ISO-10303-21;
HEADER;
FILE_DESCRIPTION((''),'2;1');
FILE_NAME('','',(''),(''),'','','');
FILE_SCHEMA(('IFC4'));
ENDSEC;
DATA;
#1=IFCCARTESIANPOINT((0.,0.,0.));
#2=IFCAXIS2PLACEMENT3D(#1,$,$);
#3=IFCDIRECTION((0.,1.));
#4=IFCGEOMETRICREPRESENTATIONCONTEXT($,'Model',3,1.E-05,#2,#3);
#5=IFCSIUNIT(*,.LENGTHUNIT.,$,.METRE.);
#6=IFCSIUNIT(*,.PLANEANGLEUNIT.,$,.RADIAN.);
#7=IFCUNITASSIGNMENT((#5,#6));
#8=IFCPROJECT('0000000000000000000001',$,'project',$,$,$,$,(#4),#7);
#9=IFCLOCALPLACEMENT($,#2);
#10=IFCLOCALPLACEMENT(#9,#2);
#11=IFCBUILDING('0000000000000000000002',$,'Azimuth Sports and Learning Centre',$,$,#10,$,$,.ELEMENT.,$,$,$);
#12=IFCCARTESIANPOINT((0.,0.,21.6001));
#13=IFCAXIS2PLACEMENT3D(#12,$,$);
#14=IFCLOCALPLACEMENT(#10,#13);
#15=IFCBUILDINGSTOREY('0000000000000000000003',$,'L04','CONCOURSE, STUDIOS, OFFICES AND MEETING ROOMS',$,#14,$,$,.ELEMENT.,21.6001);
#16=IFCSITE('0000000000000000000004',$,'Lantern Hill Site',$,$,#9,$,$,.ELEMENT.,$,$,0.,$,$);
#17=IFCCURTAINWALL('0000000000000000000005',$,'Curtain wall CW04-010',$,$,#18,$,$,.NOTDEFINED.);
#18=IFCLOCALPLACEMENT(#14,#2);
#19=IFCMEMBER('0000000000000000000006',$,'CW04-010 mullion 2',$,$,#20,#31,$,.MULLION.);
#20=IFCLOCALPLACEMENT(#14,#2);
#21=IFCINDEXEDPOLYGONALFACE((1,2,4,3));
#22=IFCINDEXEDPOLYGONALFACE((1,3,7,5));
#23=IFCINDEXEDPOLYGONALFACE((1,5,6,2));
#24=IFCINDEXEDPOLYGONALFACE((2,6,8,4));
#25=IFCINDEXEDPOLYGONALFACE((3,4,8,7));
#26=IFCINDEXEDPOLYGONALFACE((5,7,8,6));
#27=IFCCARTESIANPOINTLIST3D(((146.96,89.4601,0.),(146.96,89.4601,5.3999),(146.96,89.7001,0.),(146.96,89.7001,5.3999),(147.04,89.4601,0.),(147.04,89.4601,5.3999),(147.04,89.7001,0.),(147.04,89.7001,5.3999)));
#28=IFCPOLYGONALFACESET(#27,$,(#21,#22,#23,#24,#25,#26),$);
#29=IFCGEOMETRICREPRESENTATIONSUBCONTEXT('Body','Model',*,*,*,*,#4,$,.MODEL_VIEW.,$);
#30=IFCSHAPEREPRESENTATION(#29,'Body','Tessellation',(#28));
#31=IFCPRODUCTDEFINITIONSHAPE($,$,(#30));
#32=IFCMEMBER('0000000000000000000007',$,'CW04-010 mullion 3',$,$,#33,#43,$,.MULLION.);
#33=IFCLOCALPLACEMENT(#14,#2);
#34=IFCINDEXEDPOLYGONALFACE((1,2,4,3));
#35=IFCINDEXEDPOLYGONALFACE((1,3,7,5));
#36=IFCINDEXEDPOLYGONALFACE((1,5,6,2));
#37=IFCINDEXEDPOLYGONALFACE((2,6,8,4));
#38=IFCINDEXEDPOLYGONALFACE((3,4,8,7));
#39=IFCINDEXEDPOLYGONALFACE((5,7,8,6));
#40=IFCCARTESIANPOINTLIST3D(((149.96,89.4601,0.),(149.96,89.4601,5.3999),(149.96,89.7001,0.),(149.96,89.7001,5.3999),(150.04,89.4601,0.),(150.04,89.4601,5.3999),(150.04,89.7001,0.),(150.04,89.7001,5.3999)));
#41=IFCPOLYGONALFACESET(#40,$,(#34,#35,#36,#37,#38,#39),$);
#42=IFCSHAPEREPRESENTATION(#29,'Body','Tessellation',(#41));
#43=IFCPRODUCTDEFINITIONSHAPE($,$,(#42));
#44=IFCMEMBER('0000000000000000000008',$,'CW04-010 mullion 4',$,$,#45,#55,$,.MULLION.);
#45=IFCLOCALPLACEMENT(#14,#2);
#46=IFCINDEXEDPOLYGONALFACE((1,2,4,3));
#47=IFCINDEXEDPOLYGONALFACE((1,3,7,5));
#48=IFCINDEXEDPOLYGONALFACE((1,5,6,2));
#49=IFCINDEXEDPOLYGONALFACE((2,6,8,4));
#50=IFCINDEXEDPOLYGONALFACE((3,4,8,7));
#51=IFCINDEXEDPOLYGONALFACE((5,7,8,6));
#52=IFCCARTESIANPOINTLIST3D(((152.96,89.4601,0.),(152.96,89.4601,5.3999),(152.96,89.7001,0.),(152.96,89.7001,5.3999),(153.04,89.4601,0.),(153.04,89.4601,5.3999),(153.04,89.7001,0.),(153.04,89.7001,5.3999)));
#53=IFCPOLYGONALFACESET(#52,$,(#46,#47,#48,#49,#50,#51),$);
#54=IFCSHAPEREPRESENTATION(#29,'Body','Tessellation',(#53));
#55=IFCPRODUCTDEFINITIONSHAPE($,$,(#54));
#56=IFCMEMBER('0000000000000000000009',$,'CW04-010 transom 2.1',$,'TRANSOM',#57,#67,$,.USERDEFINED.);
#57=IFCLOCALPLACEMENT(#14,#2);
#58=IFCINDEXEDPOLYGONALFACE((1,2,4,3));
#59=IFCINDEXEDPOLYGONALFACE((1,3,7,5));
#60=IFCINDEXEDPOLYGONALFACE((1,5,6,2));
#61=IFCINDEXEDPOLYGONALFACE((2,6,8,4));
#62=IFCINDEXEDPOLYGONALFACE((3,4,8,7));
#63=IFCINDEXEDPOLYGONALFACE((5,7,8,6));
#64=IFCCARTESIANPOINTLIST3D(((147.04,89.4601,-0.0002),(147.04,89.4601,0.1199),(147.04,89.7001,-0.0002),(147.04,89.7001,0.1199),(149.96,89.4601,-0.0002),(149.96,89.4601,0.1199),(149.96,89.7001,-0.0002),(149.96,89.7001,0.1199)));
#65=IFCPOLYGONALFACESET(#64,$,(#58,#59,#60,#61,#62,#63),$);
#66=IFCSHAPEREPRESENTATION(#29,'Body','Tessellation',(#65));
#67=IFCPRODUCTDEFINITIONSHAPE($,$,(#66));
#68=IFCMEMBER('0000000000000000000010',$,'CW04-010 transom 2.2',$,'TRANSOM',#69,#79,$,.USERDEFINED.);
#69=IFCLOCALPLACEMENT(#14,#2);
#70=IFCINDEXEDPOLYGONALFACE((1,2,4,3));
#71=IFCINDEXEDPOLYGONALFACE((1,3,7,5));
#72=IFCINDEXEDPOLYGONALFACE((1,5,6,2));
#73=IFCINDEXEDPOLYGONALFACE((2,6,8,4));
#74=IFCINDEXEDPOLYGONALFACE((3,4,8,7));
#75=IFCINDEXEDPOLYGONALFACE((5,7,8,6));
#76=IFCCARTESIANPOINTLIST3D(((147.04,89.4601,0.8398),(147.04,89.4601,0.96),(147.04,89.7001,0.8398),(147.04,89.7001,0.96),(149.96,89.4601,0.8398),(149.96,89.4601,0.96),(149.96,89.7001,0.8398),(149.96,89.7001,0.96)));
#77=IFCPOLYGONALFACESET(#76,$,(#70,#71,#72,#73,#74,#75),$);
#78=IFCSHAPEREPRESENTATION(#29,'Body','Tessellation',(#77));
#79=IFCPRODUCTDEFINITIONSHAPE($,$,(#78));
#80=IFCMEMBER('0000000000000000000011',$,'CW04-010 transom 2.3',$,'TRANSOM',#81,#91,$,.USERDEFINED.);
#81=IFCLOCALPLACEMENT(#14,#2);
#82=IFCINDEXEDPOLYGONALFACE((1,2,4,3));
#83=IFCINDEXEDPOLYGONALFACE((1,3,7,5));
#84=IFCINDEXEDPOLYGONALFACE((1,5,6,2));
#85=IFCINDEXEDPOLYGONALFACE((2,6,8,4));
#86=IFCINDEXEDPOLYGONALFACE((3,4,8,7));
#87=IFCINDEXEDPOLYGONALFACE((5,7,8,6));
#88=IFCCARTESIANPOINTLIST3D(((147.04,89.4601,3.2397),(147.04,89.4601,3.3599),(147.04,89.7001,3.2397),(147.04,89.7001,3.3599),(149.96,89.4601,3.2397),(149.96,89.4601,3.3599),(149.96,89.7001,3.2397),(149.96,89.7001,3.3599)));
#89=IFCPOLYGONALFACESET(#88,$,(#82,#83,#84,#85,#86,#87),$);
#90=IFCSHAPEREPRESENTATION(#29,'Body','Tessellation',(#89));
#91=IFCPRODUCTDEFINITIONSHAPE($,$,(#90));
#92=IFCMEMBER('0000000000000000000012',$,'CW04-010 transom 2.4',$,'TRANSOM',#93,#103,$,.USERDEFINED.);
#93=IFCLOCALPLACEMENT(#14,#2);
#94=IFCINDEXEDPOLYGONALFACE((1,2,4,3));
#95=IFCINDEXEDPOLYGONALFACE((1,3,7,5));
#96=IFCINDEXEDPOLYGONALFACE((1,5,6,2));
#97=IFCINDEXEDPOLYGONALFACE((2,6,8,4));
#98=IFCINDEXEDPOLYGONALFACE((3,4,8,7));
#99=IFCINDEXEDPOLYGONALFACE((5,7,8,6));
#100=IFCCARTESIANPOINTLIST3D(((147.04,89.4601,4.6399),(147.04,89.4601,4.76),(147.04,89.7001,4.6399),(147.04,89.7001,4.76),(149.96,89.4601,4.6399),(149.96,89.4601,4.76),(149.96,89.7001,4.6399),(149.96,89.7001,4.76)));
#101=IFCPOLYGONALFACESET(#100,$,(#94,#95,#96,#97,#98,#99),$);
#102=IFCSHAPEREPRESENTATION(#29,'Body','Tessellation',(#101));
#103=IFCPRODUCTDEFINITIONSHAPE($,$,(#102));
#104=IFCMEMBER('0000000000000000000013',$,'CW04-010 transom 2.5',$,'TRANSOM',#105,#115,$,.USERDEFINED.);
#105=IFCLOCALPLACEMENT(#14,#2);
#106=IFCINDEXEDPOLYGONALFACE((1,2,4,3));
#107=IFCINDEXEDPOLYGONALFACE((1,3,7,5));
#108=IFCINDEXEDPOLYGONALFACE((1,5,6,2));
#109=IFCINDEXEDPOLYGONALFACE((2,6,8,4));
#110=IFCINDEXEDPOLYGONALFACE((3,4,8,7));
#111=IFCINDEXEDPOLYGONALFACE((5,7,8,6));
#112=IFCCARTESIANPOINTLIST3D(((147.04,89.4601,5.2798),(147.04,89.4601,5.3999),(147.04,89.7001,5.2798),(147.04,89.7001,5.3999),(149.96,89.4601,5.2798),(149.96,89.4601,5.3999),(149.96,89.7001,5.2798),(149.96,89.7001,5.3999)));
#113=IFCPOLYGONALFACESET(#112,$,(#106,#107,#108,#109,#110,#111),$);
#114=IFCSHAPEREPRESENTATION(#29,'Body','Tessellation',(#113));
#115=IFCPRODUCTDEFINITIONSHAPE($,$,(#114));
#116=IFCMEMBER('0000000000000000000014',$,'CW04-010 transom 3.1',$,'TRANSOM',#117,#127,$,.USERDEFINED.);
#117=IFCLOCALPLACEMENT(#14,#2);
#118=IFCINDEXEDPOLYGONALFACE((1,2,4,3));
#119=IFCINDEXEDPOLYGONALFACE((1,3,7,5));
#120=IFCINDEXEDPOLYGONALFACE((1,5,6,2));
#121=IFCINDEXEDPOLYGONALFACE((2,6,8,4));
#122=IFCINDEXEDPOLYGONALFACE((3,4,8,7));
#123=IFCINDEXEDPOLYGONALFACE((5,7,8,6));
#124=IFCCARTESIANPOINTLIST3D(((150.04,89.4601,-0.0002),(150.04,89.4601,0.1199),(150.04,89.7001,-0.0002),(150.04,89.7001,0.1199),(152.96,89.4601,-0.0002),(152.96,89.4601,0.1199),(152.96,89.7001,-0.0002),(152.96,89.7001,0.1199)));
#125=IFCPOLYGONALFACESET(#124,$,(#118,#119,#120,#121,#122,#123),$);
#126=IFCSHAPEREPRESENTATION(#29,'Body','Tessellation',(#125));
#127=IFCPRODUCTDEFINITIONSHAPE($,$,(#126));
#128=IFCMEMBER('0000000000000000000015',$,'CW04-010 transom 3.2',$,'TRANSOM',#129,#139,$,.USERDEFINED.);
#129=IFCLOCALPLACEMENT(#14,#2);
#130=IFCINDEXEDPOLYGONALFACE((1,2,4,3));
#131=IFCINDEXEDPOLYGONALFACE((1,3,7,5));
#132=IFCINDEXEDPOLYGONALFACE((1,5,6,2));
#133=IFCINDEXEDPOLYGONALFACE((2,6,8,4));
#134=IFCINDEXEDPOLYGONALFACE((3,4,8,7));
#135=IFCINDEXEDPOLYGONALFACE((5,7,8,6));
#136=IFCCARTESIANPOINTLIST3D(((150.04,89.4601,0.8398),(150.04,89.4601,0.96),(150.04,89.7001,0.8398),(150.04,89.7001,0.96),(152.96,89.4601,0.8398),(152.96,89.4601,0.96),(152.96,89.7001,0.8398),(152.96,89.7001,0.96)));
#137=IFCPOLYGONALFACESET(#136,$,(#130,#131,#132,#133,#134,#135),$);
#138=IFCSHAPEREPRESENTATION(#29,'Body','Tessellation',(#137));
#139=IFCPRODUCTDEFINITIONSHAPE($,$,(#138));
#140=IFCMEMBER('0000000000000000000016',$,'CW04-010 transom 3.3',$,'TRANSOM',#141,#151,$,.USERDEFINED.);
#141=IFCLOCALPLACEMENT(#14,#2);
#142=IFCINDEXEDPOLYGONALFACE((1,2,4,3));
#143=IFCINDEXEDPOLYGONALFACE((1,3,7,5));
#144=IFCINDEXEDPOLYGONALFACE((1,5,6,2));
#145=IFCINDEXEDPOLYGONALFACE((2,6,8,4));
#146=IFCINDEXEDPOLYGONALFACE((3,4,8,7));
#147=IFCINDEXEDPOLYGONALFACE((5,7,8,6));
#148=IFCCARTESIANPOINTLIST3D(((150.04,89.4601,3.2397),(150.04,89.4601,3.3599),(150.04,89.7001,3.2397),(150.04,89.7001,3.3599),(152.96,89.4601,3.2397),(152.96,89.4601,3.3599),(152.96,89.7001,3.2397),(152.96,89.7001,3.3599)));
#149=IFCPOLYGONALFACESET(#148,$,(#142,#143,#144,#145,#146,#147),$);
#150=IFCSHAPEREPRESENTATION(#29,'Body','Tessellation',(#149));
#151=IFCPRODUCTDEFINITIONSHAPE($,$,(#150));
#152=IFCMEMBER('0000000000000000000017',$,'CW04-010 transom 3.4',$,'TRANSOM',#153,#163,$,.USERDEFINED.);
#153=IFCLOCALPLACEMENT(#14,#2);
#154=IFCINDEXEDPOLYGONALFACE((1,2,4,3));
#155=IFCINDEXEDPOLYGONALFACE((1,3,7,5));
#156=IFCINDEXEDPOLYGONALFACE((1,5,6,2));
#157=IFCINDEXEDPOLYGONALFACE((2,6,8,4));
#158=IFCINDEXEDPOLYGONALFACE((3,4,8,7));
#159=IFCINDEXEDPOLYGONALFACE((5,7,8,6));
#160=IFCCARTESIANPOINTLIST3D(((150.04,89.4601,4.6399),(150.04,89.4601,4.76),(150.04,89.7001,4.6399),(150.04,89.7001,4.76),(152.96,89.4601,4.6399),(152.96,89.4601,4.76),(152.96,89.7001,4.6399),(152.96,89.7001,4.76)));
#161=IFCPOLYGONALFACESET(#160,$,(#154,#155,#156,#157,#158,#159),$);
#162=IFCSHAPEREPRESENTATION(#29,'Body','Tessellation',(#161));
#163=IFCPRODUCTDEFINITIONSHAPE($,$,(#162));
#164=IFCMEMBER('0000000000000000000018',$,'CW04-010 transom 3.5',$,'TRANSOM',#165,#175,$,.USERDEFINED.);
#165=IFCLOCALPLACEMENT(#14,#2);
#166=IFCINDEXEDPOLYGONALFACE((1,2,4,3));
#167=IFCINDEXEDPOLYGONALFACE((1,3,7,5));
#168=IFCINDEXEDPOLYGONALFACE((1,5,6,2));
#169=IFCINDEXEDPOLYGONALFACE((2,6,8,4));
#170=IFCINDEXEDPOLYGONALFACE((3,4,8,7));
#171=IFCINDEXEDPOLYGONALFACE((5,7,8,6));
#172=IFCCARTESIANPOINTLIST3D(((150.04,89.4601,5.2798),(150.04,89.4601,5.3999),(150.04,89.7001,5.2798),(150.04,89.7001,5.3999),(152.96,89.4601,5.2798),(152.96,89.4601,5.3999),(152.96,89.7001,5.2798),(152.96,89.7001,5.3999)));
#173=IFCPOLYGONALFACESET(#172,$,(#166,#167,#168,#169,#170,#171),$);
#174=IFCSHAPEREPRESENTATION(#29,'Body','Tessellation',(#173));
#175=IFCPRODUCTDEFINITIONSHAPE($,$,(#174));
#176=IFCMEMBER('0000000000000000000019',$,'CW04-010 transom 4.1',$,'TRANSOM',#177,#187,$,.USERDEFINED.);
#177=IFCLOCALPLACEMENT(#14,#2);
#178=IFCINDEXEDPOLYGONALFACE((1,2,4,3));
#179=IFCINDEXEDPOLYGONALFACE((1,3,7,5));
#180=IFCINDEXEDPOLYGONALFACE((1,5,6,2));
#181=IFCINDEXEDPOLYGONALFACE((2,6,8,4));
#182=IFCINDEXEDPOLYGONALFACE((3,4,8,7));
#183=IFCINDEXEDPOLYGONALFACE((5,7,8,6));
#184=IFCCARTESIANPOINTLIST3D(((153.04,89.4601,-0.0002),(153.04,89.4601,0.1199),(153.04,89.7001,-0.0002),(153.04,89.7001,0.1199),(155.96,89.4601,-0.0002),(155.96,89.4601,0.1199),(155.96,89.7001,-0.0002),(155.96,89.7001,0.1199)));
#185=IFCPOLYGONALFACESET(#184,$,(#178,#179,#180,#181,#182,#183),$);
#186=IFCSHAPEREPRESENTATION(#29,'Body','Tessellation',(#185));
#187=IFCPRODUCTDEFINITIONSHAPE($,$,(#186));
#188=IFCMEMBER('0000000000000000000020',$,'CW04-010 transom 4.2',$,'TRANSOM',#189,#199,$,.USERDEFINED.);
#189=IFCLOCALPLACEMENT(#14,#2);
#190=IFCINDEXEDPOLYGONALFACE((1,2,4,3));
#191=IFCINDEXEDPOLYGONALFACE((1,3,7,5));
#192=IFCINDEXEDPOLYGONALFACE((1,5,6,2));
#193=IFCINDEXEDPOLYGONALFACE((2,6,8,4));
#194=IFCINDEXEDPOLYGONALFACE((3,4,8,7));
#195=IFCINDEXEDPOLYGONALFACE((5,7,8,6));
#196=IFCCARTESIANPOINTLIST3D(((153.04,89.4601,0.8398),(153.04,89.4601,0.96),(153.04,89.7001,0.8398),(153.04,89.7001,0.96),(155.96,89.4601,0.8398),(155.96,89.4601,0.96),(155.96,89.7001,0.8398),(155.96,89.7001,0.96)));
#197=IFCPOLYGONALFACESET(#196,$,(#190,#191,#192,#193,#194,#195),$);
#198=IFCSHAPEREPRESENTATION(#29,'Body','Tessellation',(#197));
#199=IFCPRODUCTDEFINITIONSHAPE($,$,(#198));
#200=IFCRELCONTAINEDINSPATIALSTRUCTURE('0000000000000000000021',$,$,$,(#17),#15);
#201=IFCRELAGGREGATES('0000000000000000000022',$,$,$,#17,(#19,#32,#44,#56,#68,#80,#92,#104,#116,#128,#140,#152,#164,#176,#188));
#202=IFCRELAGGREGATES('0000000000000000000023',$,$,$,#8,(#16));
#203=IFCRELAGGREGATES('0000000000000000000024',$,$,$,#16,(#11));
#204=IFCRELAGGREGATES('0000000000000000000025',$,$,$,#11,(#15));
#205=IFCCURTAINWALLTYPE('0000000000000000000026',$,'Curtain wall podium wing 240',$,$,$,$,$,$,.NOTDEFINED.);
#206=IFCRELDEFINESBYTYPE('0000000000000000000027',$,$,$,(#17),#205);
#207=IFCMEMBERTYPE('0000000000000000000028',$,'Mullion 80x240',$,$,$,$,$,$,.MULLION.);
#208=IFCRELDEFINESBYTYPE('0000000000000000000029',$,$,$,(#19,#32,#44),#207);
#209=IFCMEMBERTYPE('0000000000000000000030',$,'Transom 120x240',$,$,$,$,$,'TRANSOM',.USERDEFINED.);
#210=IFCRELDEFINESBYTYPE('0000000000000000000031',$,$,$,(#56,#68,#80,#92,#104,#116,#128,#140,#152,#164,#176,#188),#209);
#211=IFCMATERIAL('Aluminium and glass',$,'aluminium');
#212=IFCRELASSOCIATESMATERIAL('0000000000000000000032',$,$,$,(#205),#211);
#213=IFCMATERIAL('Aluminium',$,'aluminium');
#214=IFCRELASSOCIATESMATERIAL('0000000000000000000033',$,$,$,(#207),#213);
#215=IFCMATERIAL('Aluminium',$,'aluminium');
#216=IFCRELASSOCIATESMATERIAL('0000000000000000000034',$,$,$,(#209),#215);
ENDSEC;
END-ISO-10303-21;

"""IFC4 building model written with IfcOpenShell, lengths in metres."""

from ifc_helpers import new_model, si_unit, direction, frame, origin, origin_2d, place, context, subcontext, project, spatial, rectangle, extrude, material, material_profile, profile_set, type_object, element, aggregate, save


model = new_model("IFC4")

# Units and contexts
model_context = context("Model", 3, precision=1e-05, world=origin(), true_north=direction((0.0, 1.0)))
body_context = subcontext(model_context, "Body", "Model", "MODEL_VIEW")
ifc_project = project(units=[si_unit("LENGTHUNIT", "METRE"), si_unit("PLANEANGLEUNIT", "RADIAN")], contexts=[model_context])

# Site, building, storey
site_placement = place(None, origin())
site = spatial("IfcSite", under=ifc_project, at=site_placement, Name="Lantern Hill Site", CompositionType="ELEMENT", RefElevation=0.0)
building_placement = place(site_placement, origin())
building = spatial("IfcBuilding", under=site, at=building_placement, Name="Azimuth Sports and Learning Centre", CompositionType="ELEMENT")
storey_placement = place(building_placement, frame((0.0, 0.0, 21.6001)))
storey = spatial("IfcBuildingStorey", under=building, at=storey_placement, Name="L04", Description="CONCOURSE, STUDIOS, OFFICES AND MEETING ROOMS", CompositionType="ELEMENT", Elevation=21.6001)

# Curtain wall, members
ifc_material_1 = material(Name="Aluminium and glass", Category="aluminium")
curtain_wall_type = type_object("IfcCurtainWallType", Name="Curtain wall podium wing 240", PredefinedType="NOTDEFINED", material=ifc_material_1)
curtain_wall_placement = place(storey_placement, origin())
curtain_wall = element("IfcCurtainWall", 1, at=curtain_wall_placement, inside=storey, type_object=curtain_wall_type, Name="Curtain wall CW04-010", PredefinedType="NOTDEFINED")
ifc_material_2 = material(Name="Aluminium", Category="aluminium")
ifc_material_profile_1 = material_profile(ifc_material_2, rectangle(XDim=0.24, YDim=0.0801, at=origin_2d()), Name="Mullion 80x240")
ifc_profile_set_1 = profile_set([ifc_material_profile_1], Name="Aluminium")
member_type_1 = type_object("IfcMemberType", Name="Mullion 80x240", PredefinedType="MULLION", material=ifc_profile_set_1)
member_1_placement = place(storey_placement, frame((147.0, 89.5801, 0.0), z_axis=(0.0, 0.0, 1.0), x_axis=(0.0, 1.0, 0.0)))
member_1 = element("IfcMember", 2, at=member_1_placement, type_object=member_type_1, Name="CW04-010 mullion 2", PredefinedType="MULLION", context=body_context, shape_type="SweptSolid", body=[
    extrude(rectangle(XDim=0.24, YDim=0.0801, at=origin_2d()), origin(), (0.0, 0.0, 1.0), 5.3999),
])
member_2_placement = place(storey_placement, frame((150.0, 89.5801, 0.0), z_axis=(0.0, 0.0, 1.0), x_axis=(0.0, 1.0, 0.0)))
member_2 = element("IfcMember", 3, at=member_2_placement, type_object=member_type_1, Name="CW04-010 mullion 3", PredefinedType="MULLION", context=body_context, shape_type="SweptSolid", body=[
    extrude(rectangle(XDim=0.24, YDim=0.0801, at=origin_2d()), origin(), (0.0, 0.0, 1.0), 5.3999),
])
member_3_placement = place(storey_placement, frame((153.0, 89.5801, 0.0), z_axis=(0.0, 0.0, 1.0), x_axis=(0.0, 1.0, 0.0)))
member_3 = element("IfcMember", 4, at=member_3_placement, type_object=member_type_1, Name="CW04-010 mullion 4", PredefinedType="MULLION", context=body_context, shape_type="SweptSolid", body=[
    extrude(rectangle(XDim=0.24, YDim=0.0801, at=origin_2d()), origin(), (0.0, 0.0, 1.0), 5.3999),
])
ifc_material_3 = material(Name="Aluminium", Category="aluminium")
ifc_material_profile_2 = material_profile(ifc_material_3, rectangle(XDim=0.24, YDim=0.1201, at=origin_2d()), Name="Transom 120x240")
ifc_profile_set_2 = profile_set([ifc_material_profile_2], Name="Aluminium")
member_type_2 = type_object("IfcMemberType", Name="Transom 120x240", ElementType="TRANSOM", PredefinedType="USERDEFINED", material=ifc_profile_set_2)
member_4_placement = place(storey_placement, frame((147.04, 89.5801, 0.0598), z_axis=(1.0, 0.0, 0.0), x_axis=(0.0, 1.0, 0.0)))
member_4 = element("IfcMember", 5, at=member_4_placement, type_object=member_type_2, Name="CW04-010 transom 2.1", ObjectType="TRANSOM", PredefinedType="USERDEFINED", context=body_context, shape_type="SweptSolid", body=[
    extrude(rectangle(XDim=0.24, YDim=0.1201, at=origin_2d()), origin(), (0.0, 0.0, 1.0), 2.9199),
])
member_5_placement = place(storey_placement, frame((147.04, 89.5801, 0.8999), z_axis=(1.0, 0.0, 0.0), x_axis=(0.0, 1.0, 0.0)))
member_5 = element("IfcMember", 6, at=member_5_placement, type_object=member_type_2, Name="CW04-010 transom 2.2", ObjectType="TRANSOM", PredefinedType="USERDEFINED", context=body_context, shape_type="SweptSolid", body=[
    extrude(rectangle(XDim=0.24, YDim=0.1201, at=origin_2d()), origin(), (0.0, 0.0, 1.0), 2.9199),
])
member_6_placement = place(storey_placement, frame((147.04, 89.5801, 3.2998), z_axis=(1.0, 0.0, 0.0), x_axis=(0.0, 1.0, 0.0)))
member_6 = element("IfcMember", 7, at=member_6_placement, type_object=member_type_2, Name="CW04-010 transom 2.3", ObjectType="TRANSOM", PredefinedType="USERDEFINED", context=body_context, shape_type="SweptSolid", body=[
    extrude(rectangle(XDim=0.24, YDim=0.1201, at=origin_2d()), origin(), (0.0, 0.0, 1.0), 2.9199),
])
member_7_placement = place(storey_placement, frame((147.04, 89.5801, 4.7), z_axis=(1.0, 0.0, 0.0), x_axis=(0.0, 1.0, 0.0)))
member_7 = element("IfcMember", 8, at=member_7_placement, type_object=member_type_2, Name="CW04-010 transom 2.4", ObjectType="TRANSOM", PredefinedType="USERDEFINED", context=body_context, shape_type="SweptSolid", body=[
    extrude(rectangle(XDim=0.24, YDim=0.1201, at=origin_2d()), origin(), (0.0, 0.0, 1.0), 2.9199),
])
member_8_placement = place(storey_placement, frame((147.04, 89.5801, 5.3398), z_axis=(1.0, 0.0, 0.0), x_axis=(0.0, 1.0, 0.0)))
member_8 = element("IfcMember", 9, at=member_8_placement, type_object=member_type_2, Name="CW04-010 transom 2.5", ObjectType="TRANSOM", PredefinedType="USERDEFINED", context=body_context, shape_type="SweptSolid", body=[
    extrude(rectangle(XDim=0.24, YDim=0.1201, at=origin_2d()), origin(), (0.0, 0.0, 1.0), 2.9199),
])
member_9_placement = place(storey_placement, frame((150.04, 89.5801, 0.0598), z_axis=(1.0, 0.0, 0.0), x_axis=(0.0, 1.0, 0.0)))
member_9 = element("IfcMember", 10, at=member_9_placement, type_object=member_type_2, Name="CW04-010 transom 3.1", ObjectType="TRANSOM", PredefinedType="USERDEFINED", context=body_context, shape_type="SweptSolid", body=[
    extrude(rectangle(XDim=0.24, YDim=0.1201, at=origin_2d()), origin(), (0.0, 0.0, 1.0), 2.9199),
])
member_10_placement = place(storey_placement, frame((150.04, 89.5801, 0.8999), z_axis=(1.0, 0.0, 0.0), x_axis=(0.0, 1.0, 0.0)))
member_10 = element("IfcMember", 11, at=member_10_placement, type_object=member_type_2, Name="CW04-010 transom 3.2", ObjectType="TRANSOM", PredefinedType="USERDEFINED", context=body_context, shape_type="SweptSolid", body=[
    extrude(rectangle(XDim=0.24, YDim=0.1201, at=origin_2d()), origin(), (0.0, 0.0, 1.0), 2.9199),
])
member_11_placement = place(storey_placement, frame((150.04, 89.5801, 3.2998), z_axis=(1.0, 0.0, 0.0), x_axis=(0.0, 1.0, 0.0)))
member_11 = element("IfcMember", 12, at=member_11_placement, type_object=member_type_2, Name="CW04-010 transom 3.3", ObjectType="TRANSOM", PredefinedType="USERDEFINED", context=body_context, shape_type="SweptSolid", body=[
    extrude(rectangle(XDim=0.24, YDim=0.1201, at=origin_2d()), origin(), (0.0, 0.0, 1.0), 2.9199),
])
member_12_placement = place(storey_placement, frame((150.04, 89.5801, 4.7), z_axis=(1.0, 0.0, 0.0), x_axis=(0.0, 1.0, 0.0)))
member_12 = element("IfcMember", 13, at=member_12_placement, type_object=member_type_2, Name="CW04-010 transom 3.4", ObjectType="TRANSOM", PredefinedType="USERDEFINED", context=body_context, shape_type="SweptSolid", body=[
    extrude(rectangle(XDim=0.24, YDim=0.1201, at=origin_2d()), origin(), (0.0, 0.0, 1.0), 2.9199),
])
member_13_placement = place(storey_placement, frame((150.04, 89.5801, 5.3398), z_axis=(1.0, 0.0, 0.0), x_axis=(0.0, 1.0, 0.0)))
member_13 = element("IfcMember", 14, at=member_13_placement, type_object=member_type_2, Name="CW04-010 transom 3.5", ObjectType="TRANSOM", PredefinedType="USERDEFINED", context=body_context, shape_type="SweptSolid", body=[
    extrude(rectangle(XDim=0.24, YDim=0.1201, at=origin_2d()), origin(), (0.0, 0.0, 1.0), 2.9199),
])
member_14_placement = place(storey_placement, frame((153.04, 89.5801, 0.0598), z_axis=(1.0, 0.0, 0.0), x_axis=(0.0, 1.0, 0.0)))
member_14 = element("IfcMember", 15, at=member_14_placement, type_object=member_type_2, Name="CW04-010 transom 4.1", ObjectType="TRANSOM", PredefinedType="USERDEFINED", context=body_context, shape_type="SweptSolid", body=[
    extrude(rectangle(XDim=0.24, YDim=0.1201, at=origin_2d()), origin(), (0.0, 0.0, 1.0), 2.9199),
])
member_15_placement = place(storey_placement, frame((153.04, 89.5801, 0.8999), z_axis=(1.0, 0.0, 0.0), x_axis=(0.0, 1.0, 0.0)))
member_15 = element("IfcMember", 16, at=member_15_placement, type_object=member_type_2, Name="CW04-010 transom 4.2", ObjectType="TRANSOM", PredefinedType="USERDEFINED", context=body_context, shape_type="SweptSolid", body=[
    extrude(rectangle(XDim=0.24, YDim=0.1201, at=origin_2d()), origin(), (0.0, 0.0, 1.0), 2.9199),
])
aggregate(curtain_wall, [member_1, member_2, member_3, member_4, member_5, member_6, member_7, member_8, member_9, member_10, member_11, member_12, member_13, member_14, member_15])

save(model, "model.ifc")
